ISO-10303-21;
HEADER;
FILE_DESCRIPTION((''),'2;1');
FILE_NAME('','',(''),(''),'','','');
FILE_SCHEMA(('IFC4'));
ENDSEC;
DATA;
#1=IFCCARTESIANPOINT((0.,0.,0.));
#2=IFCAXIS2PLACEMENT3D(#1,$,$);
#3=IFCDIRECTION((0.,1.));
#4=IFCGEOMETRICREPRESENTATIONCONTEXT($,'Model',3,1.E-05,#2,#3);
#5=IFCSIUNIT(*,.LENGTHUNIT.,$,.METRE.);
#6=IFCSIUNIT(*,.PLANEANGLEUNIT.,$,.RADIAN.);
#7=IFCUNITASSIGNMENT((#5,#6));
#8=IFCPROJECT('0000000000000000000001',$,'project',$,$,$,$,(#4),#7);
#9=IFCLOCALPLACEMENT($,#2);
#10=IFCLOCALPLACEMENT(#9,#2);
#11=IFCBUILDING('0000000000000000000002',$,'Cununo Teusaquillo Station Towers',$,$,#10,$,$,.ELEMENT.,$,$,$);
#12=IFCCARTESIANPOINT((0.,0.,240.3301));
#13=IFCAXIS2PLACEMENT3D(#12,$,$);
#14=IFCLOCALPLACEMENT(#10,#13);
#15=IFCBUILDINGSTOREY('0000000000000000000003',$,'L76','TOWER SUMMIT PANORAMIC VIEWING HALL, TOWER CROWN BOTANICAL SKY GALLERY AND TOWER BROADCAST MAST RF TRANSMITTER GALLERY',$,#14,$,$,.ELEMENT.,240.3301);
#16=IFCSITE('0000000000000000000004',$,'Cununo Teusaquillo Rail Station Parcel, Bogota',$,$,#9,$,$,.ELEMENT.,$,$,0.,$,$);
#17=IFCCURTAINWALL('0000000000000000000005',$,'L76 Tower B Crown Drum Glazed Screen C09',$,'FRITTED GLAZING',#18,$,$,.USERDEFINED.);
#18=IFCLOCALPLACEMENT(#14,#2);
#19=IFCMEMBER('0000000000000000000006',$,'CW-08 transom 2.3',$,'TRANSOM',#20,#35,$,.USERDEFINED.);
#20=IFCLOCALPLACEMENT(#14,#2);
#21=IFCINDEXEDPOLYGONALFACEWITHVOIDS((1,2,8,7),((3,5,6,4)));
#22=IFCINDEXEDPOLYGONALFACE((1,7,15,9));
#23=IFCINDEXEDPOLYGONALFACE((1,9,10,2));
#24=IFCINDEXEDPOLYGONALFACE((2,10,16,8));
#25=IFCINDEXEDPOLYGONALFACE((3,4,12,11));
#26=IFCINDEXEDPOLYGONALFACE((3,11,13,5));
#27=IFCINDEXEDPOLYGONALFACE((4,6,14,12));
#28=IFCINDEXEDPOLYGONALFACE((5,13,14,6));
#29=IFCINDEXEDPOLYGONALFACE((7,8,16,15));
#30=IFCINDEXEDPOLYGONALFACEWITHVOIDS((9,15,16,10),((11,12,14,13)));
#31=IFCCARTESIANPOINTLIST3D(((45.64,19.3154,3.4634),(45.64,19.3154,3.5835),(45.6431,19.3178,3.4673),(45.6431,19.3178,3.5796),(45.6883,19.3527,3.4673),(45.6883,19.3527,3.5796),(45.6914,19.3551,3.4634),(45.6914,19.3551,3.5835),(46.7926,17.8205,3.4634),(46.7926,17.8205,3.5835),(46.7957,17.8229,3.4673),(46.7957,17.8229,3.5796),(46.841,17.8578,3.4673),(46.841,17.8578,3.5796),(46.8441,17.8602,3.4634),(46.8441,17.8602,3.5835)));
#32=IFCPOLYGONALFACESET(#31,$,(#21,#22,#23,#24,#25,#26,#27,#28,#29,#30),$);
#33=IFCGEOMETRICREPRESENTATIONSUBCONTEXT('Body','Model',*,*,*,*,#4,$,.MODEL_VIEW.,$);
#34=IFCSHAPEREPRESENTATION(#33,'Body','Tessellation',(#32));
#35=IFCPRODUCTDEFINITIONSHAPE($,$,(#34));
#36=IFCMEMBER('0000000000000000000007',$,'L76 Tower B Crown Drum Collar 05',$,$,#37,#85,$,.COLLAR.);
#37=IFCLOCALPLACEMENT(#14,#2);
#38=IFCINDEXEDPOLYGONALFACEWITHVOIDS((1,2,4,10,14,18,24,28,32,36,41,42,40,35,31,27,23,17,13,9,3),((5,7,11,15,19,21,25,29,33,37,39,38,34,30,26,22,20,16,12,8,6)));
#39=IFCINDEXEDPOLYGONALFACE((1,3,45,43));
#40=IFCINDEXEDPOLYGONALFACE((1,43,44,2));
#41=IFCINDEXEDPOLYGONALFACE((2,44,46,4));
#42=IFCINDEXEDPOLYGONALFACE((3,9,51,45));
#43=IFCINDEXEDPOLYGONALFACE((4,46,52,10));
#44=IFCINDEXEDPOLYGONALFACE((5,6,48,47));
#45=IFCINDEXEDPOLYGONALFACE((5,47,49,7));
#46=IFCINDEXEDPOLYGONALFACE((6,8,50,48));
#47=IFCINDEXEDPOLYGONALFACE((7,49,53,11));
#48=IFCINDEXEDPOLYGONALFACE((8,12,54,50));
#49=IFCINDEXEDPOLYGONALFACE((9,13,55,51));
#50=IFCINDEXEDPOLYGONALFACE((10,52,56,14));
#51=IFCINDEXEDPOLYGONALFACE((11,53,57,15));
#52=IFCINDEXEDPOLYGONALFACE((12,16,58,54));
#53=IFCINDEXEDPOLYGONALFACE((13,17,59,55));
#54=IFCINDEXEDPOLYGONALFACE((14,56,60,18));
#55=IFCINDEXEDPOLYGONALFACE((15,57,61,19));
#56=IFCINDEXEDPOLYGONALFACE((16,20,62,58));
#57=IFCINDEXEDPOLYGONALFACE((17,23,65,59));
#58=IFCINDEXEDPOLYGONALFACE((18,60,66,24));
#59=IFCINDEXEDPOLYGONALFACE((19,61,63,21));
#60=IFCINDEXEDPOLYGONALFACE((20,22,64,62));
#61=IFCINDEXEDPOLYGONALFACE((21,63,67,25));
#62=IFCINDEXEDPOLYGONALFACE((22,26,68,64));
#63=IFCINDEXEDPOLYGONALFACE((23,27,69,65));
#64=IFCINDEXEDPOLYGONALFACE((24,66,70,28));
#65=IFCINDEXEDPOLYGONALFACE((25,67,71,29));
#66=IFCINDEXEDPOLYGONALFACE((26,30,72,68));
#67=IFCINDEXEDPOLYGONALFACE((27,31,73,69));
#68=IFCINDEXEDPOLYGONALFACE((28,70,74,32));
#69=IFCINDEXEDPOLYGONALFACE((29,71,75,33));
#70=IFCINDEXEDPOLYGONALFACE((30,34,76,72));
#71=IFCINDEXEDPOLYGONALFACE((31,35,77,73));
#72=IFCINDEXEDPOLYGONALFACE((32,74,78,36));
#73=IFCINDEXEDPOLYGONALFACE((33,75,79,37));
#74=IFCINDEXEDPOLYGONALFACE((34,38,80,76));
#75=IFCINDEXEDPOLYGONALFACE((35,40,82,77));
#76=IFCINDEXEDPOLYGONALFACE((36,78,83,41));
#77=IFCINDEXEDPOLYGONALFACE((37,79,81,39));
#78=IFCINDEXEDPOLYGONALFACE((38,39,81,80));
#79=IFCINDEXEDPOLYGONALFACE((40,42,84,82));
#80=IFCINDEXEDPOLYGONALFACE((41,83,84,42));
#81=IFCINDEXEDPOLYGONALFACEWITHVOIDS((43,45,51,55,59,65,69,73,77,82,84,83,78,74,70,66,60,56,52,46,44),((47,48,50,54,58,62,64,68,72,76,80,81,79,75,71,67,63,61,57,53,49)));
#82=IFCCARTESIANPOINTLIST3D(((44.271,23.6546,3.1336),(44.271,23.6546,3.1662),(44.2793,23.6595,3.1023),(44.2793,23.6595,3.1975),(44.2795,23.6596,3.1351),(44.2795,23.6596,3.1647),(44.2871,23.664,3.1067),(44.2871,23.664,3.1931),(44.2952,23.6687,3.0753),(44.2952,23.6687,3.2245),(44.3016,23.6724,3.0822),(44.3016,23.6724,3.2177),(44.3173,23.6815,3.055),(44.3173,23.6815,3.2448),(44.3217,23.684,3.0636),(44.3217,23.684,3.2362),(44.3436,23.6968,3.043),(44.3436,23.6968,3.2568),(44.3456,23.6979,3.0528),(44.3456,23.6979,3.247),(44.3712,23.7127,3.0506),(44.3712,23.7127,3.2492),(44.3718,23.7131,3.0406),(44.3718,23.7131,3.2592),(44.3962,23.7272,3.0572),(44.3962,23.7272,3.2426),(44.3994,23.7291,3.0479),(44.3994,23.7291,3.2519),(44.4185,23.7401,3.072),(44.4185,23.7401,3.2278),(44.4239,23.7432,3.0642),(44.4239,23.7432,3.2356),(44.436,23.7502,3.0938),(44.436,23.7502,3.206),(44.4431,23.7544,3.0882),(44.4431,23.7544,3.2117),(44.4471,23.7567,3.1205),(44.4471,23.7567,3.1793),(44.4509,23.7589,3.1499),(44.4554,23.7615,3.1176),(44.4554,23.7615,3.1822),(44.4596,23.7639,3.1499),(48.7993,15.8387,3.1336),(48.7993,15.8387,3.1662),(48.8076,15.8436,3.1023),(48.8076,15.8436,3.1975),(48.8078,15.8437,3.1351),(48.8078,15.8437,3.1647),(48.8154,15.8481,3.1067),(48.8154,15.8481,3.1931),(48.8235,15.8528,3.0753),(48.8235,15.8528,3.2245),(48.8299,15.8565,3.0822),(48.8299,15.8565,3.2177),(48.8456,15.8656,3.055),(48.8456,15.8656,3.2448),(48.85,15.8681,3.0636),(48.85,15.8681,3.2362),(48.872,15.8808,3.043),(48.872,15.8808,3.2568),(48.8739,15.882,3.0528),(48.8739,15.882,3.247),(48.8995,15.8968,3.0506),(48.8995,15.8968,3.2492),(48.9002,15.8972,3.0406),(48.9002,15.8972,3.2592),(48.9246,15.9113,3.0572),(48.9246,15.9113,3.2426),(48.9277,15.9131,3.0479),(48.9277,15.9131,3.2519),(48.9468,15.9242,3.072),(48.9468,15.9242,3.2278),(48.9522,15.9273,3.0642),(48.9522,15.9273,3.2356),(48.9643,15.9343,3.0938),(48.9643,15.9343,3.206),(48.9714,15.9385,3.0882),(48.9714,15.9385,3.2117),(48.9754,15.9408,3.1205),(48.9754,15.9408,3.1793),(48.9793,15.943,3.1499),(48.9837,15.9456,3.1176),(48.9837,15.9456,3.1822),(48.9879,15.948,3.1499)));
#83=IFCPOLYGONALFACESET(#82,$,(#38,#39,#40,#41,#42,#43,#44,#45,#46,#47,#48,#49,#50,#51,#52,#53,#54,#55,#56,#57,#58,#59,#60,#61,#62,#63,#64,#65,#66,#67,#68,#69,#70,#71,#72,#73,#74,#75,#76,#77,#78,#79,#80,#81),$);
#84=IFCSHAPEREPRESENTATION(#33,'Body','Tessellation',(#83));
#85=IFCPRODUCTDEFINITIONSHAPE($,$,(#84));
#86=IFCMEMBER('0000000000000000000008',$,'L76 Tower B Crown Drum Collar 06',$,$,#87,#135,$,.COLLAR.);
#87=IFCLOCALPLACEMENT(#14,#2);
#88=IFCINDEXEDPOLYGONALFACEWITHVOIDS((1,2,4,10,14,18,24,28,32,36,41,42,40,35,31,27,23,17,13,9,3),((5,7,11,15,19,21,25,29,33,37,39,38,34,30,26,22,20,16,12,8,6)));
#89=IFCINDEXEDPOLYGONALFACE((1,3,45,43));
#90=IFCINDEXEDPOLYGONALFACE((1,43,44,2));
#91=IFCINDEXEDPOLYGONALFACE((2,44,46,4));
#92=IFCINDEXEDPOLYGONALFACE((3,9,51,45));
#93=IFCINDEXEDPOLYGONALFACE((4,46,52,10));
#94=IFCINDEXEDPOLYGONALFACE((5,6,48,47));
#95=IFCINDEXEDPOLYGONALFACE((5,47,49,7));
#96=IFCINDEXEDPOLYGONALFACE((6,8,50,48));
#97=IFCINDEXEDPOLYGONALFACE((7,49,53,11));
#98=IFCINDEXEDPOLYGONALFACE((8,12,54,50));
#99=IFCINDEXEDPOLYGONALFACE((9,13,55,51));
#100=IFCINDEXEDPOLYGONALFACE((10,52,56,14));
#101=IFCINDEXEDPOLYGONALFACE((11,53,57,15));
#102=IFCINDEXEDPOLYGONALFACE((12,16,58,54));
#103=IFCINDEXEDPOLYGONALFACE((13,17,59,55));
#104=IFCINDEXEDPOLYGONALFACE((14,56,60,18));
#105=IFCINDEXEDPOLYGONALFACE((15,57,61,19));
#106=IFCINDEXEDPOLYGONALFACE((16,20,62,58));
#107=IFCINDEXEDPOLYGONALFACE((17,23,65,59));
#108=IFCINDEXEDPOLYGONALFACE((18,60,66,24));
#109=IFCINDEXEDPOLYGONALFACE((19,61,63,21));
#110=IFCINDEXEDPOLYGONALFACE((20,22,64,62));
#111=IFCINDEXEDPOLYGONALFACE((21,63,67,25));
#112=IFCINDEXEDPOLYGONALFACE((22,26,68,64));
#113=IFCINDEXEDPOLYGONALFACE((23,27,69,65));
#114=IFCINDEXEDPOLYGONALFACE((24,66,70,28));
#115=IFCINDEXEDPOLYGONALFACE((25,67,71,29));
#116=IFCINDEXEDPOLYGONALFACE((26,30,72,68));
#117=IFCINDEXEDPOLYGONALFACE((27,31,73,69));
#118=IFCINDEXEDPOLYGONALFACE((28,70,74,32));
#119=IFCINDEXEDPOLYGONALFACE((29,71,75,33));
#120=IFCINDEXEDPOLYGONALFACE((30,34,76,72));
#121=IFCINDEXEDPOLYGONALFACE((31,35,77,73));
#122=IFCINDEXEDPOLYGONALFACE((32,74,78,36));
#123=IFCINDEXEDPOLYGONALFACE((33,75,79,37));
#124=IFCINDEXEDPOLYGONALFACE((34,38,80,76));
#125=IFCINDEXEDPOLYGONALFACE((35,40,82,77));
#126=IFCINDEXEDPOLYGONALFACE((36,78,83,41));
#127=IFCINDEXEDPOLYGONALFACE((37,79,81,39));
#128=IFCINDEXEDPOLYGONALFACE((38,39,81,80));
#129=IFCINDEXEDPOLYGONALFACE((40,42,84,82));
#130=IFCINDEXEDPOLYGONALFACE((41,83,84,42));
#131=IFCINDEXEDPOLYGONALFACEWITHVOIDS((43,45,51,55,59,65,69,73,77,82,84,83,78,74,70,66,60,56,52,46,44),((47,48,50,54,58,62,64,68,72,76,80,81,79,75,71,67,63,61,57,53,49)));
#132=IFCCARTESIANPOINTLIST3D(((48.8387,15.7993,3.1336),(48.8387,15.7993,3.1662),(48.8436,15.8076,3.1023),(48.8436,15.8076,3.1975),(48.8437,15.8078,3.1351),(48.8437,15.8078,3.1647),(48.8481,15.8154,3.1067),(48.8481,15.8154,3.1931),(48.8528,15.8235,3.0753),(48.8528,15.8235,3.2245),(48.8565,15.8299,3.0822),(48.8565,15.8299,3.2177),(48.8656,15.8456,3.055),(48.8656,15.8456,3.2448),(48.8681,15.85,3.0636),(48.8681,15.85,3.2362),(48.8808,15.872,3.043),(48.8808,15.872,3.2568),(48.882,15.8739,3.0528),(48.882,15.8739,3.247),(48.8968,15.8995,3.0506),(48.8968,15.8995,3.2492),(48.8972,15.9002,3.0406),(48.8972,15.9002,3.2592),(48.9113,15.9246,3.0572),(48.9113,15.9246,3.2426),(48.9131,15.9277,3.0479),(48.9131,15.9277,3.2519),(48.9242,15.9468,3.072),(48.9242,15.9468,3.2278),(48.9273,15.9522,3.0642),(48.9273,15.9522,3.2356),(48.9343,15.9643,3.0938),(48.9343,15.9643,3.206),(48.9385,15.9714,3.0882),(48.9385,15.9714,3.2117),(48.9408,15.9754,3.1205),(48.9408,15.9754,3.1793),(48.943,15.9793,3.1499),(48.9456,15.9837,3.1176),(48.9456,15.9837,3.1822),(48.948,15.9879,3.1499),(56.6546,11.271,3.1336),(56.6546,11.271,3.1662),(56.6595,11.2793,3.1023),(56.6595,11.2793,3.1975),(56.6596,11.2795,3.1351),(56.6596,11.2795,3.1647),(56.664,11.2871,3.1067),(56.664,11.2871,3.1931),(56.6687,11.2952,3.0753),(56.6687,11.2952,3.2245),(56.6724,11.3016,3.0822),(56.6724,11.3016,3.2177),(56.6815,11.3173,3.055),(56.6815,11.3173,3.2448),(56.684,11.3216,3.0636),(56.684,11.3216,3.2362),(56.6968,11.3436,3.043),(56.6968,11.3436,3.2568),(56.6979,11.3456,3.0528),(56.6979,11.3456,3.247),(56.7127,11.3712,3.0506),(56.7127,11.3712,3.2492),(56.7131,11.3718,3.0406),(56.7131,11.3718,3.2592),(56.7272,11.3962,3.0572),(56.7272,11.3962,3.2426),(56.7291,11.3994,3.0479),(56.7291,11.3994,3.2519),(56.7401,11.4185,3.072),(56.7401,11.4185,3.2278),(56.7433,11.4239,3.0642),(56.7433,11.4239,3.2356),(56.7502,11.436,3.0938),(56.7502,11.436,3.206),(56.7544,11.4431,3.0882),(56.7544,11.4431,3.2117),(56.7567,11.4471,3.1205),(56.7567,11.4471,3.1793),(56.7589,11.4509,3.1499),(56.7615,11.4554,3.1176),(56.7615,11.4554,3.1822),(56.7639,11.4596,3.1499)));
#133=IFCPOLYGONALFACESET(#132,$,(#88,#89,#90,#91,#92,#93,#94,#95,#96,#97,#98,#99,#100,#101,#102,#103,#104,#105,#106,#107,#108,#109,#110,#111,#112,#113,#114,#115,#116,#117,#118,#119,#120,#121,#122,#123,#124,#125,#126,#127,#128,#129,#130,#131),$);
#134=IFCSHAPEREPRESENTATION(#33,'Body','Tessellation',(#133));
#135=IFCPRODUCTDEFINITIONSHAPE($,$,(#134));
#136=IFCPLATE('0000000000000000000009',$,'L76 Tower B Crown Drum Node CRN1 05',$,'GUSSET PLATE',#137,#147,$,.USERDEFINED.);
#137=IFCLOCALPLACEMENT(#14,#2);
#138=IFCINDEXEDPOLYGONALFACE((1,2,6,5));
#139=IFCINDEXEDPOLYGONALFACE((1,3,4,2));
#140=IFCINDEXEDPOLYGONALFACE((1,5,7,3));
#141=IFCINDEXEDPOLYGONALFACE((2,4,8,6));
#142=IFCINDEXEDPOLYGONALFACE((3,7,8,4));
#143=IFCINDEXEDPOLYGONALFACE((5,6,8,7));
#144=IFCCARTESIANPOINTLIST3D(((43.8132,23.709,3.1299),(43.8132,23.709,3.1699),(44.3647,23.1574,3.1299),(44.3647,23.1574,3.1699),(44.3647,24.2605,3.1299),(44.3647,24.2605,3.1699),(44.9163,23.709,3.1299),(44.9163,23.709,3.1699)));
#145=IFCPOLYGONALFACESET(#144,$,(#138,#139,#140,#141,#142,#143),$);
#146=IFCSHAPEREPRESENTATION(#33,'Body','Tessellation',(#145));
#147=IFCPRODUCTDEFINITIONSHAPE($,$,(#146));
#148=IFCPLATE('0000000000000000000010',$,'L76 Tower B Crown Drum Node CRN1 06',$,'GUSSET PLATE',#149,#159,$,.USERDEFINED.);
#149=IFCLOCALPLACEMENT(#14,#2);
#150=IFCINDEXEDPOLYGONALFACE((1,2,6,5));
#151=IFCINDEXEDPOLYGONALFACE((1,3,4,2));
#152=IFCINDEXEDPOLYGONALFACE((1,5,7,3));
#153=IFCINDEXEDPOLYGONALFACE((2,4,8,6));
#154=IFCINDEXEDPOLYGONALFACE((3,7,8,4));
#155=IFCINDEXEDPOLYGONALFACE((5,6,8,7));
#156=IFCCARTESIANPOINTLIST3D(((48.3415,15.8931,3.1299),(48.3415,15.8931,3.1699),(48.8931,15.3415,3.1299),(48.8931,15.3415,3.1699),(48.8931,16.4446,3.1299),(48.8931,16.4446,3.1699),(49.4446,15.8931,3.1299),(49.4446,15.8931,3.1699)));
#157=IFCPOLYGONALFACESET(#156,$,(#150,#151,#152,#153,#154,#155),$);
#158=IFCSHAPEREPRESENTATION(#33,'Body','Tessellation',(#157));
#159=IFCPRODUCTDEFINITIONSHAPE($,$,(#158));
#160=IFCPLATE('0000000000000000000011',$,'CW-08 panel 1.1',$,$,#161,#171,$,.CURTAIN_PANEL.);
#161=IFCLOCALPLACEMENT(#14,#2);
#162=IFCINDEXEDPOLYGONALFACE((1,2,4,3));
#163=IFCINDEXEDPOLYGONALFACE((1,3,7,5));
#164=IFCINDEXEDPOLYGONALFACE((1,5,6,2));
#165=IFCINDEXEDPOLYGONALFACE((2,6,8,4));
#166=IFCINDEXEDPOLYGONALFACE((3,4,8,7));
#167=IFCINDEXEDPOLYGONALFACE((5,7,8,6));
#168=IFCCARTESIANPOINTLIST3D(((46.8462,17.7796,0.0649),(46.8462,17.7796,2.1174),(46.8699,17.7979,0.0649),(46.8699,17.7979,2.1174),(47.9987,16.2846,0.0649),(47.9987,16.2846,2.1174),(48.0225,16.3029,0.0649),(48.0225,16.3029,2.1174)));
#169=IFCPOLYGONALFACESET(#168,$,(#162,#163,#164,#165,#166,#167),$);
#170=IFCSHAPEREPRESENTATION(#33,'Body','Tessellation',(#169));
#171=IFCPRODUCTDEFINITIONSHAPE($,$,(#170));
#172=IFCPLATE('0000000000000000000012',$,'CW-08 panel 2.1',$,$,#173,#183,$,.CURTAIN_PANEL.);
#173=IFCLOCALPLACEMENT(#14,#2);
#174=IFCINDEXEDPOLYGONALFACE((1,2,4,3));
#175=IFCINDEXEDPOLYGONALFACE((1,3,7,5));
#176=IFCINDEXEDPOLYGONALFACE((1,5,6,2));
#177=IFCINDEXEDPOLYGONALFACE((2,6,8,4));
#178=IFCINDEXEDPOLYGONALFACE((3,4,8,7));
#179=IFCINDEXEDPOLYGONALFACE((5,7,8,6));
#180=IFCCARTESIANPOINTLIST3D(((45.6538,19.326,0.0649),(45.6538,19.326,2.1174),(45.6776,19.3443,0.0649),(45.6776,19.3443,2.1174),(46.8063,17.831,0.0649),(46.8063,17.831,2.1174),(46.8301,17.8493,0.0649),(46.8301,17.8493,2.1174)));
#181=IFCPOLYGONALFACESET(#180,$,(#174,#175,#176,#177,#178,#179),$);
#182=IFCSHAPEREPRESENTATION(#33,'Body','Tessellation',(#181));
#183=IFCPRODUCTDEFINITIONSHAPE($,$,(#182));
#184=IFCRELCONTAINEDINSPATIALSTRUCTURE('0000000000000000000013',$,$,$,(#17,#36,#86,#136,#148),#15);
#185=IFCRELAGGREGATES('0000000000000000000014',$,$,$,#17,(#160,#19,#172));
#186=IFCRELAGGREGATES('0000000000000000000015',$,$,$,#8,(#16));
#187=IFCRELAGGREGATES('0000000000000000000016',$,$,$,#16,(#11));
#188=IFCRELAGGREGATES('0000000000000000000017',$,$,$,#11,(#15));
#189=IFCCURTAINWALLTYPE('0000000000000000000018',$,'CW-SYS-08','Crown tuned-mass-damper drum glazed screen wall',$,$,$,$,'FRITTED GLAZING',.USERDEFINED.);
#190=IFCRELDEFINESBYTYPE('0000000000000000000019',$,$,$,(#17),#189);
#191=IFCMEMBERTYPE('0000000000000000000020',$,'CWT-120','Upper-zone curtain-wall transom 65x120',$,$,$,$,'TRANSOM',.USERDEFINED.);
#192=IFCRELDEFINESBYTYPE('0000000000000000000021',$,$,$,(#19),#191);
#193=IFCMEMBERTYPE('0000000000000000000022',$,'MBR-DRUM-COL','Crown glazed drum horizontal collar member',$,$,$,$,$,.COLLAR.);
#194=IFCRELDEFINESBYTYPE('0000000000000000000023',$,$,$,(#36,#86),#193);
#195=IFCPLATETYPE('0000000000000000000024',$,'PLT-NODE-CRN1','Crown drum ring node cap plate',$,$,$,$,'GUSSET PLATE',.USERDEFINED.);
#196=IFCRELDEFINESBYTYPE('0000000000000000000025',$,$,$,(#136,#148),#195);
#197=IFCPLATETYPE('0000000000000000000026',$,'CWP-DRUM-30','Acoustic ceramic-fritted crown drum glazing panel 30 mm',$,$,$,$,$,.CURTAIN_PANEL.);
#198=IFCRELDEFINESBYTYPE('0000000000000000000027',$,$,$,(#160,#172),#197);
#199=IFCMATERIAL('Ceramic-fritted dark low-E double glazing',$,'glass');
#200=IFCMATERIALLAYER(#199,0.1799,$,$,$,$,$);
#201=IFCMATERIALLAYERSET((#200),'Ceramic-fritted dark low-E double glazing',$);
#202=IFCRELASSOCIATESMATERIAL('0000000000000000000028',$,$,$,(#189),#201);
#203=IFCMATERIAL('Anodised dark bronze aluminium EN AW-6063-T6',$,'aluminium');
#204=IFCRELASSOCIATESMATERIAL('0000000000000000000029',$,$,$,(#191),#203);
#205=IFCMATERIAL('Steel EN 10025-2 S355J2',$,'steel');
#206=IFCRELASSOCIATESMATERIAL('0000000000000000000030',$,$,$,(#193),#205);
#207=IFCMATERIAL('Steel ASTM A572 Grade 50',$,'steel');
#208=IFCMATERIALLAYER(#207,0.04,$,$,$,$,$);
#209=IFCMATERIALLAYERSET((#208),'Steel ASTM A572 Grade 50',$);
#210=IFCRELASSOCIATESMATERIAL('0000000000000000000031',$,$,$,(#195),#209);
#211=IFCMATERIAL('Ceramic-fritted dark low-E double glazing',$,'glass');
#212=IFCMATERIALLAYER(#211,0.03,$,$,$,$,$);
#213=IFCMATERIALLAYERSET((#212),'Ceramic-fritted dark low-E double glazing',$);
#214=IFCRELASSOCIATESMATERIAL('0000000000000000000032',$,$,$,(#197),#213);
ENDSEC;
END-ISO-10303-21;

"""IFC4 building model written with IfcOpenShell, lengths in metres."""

from ifc_helpers import new_model, si_unit, direction, frame, origin, origin_2d, place, context, subcontext, project, spatial, rectangle, hollow_rectangle, hollow_circle, extrude, source, transform, mapped, material, layer, layer_set, material_profile, profile_set, type_object, element, aggregate, save


model = new_model("IFC4")

# Units and contexts
model_context = context("Model", 3, precision=1e-05, world=origin(), true_north=direction((0.0, 1.0)))
body_context = subcontext(model_context, "Body", "Model", "MODEL_VIEW")
ifc_project = project(units=[si_unit("LENGTHUNIT", "METRE"), si_unit("PLANEANGLEUNIT", "RADIAN")], contexts=[model_context])

# Site, building, storey
site_placement = place(None, origin())
site = spatial("IfcSite", under=ifc_project, at=site_placement, Name="Cununo Teusaquillo Rail Station Parcel, Bogota", CompositionType="ELEMENT", RefElevation=0.0)
building_placement = place(site_placement, origin())
building = spatial("IfcBuilding", under=site, at=building_placement, Name="Cununo Teusaquillo Station Towers", CompositionType="ELEMENT")
storey_placement = place(building_placement, frame((0.0, 0.0, 240.3301)))
storey = spatial("IfcBuildingStorey", under=building, at=storey_placement, Name="L76", Description="TOWER SUMMIT PANORAMIC VIEWING HALL, TOWER CROWN BOTANICAL SKY GALLERY AND TOWER BROADCAST MAST RF TRANSMITTER GALLERY", CompositionType="ELEMENT", Elevation=240.3301)

# Curtain wall, member
ifc_material_1 = material(Name="Ceramic-fritted dark low-E double glazing", Category="glass")
ifc_layer_1 = layer(ifc_material_1, 0.1799)
ifc_layer_set_1 = layer_set([ifc_layer_1], Name="Ceramic-fritted dark low-E double glazing")
curtain_wall_type = type_object("IfcCurtainWallType", Name="CW-SYS-08", Description="Crown tuned-mass-damper drum glazed screen wall", ElementType="FRITTED GLAZING", PredefinedType="USERDEFINED", material=ifc_layer_set_1)
curtain_wall_placement = place(storey_placement, origin())
curtain_wall = element("IfcCurtainWall", 1, at=curtain_wall_placement, inside=storey, type_object=curtain_wall_type, Name="L76 Tower B Crown Drum Glazed Screen C09", ObjectType="FRITTED GLAZING", PredefinedType="USERDEFINED")
ifc_material_2 = material(Name="Anodised dark bronze aluminium EN AW-6063-T6", Category="aluminium")
ifc_material_profile_1 = material_profile(ifc_material_2, hollow_rectangle(XDim=0.0649, YDim=0.1201, WallThickness=0.0039, at=origin_2d()), Name="CW-TRAN-65x120")
ifc_profile_set_1 = profile_set([ifc_material_profile_1], Name="Anodised dark bronze aluminium EN AW-6063-T6")
member_type_1 = type_object("IfcMemberType", Name="CWT-120", Description="Upper-zone curtain-wall transom 65x120", ElementType="TRANSOM", PredefinedType="USERDEFINED", material=ifc_profile_set_1)
member_1_placement = place(storey_placement, frame((46.8184, 17.8403, 3.5234), z_axis=(-0.610604, 0.791936, 0.0), x_axis=(-0.791936, -0.610604, 0.0)))
member_1 = element("IfcMember", 2, at=member_1_placement, type_object=member_type_1, Name="CW-08 transom 2.3", ObjectType="TRANSOM", PredefinedType="USERDEFINED", context=body_context, shape_type="SweptSolid", body=[
    extrude(hollow_rectangle(XDim=0.0649, YDim=0.1201, WallThickness=0.0039, at=origin_2d()), origin(), (0.0, 0.0, 1.0), 1.8877),
])

# Members
ifc_material_3 = material(Name="Steel EN 10025-2 S355J2", Category="steel")
ifc_material_profile_2 = material_profile(ifc_material_3, hollow_circle(Radius=0.1096, WallThickness=0.01, at=origin_2d()), Name="CHS 219x10")
ifc_profile_set_2 = profile_set([ifc_material_profile_2], Name="Steel EN 10025-2 S355J2")
member_type_2 = type_object("IfcMemberType", Name="MBR-DRUM-COL", Description="Crown glazed drum horizontal collar member", PredefinedType="COLLAR", material=ifc_profile_set_2)
for number, where, z_axis, x_axis, name in (
    (3, (44.3647, 23.709, 3.1499), (0.501311, -0.865267, 0.0), (0.865267, 0.501311, 0.0), "L76 Tower B Crown Drum Collar 05"),
    (4, (48.8931, 15.8931, 3.1499), (0.865267, -0.501311, 0.0), (0.501311, 0.865267, 0.0), "L76 Tower B Crown Drum Collar 06"),
):
    element("IfcMember", number, at=place(storey_placement, frame(where, z_axis=z_axis, x_axis=x_axis)), inside=storey, type_object=member_type_2, Name=name, PredefinedType="COLLAR", context=body_context, shape_type="SweptSolid", body=[
        extrude(hollow_circle(Radius=0.1096, WallThickness=0.01, at=origin_2d()), origin(), (0.0, 0.0, 1.0), 9.033),
    ])

# Plates
ifc_material_4 = material(Name="Steel ASTM A572 Grade 50", Category="steel")
ifc_layer_2 = layer(ifc_material_4, 0.04)
ifc_layer_set_2 = layer_set([ifc_layer_2], Name="Steel ASTM A572 Grade 50")
plate_type_1 = type_object("IfcPlateType", Name="PLT-NODE-CRN1", Description="Crown drum ring node cap plate", ElementType="GUSSET PLATE", PredefinedType="USERDEFINED", material=ifc_layer_set_2)
shared_shape_1 = source(origin(), body_context, "Body", "SweptSolid", [
    extrude(rectangle(XDim=0.78, YDim=0.78, at=origin_2d()), origin(), (0.0, 0.0, 1.0), 0.04),
])
for number, where, z_axis, x_axis, name in (
    (5, (44.3647, 23.709, 3.1299), (0.0, 0.0, 1.0), (0.707107, 0.707107, 0.0), "L76 Tower B Crown Drum Node CRN1 05"),
    (6, (48.8931, 15.8931, 3.1299), (0.0, 0.0, 1.0), (0.707107, 0.707107, 0.0), "L76 Tower B Crown Drum Node CRN1 06"),
):
    element("IfcPlate", number, at=place(storey_placement, frame(where, z_axis=z_axis, x_axis=x_axis)), inside=storey, type_object=plate_type_1, Name=name, ObjectType="GUSSET PLATE", PredefinedType="USERDEFINED", context=body_context, shape_type="MappedRepresentation", body=[
        mapped(shared_shape_1, transform((0.0, 0.0, 0.0), x_axis=(1.0, 0.0, 0.0), y_axis=(0.0, 1.0, 0.0), z_axis=(0.0, 0.0, 1.0), scale=1.0)),
    ])

# Plates
ifc_material_5 = material(Name="Ceramic-fritted dark low-E double glazing", Category="glass")
ifc_layer_3 = layer(ifc_material_5, 0.03)
ifc_layer_set_3 = layer_set([ifc_layer_3], Name="Ceramic-fritted dark low-E double glazing")
plate_type_2 = type_object("IfcPlateType", Name="CWP-DRUM-30", Description="Acoustic ceramic-fritted crown drum glazing panel 30 mm", PredefinedType="CURTAIN_PANEL", material=ifc_layer_set_3)
shared_shape_2 = source(origin(), body_context, "Body", "SweptSolid", [
    extrude(rectangle(XDim=1.8877, YDim=0.03, at=origin_2d()), origin(), (0.0, 0.0, 1.0), 2.0525),
])
plate_1_placement = place(storey_placement, frame((47.4343, 17.0413, 0.0649), z_axis=(0.0, 0.0, 1.0), x_axis=(-0.610566, 0.791965, 0.0)))
plate_1 = element("IfcPlate", 7, at=plate_1_placement, type_object=plate_type_2, Name="CW-08 panel 1.1", PredefinedType="CURTAIN_PANEL", context=body_context, shape_type="MappedRepresentation", body=[
    mapped(shared_shape_2, transform((0.0, 0.0, 0.0), x_axis=(1.0, 0.0, 0.0), y_axis=(0.0, 1.0, 0.0), z_axis=(0.0, 0.0, 1.0), scale=1.0)),
])
plate_2_placement = place(storey_placement, frame((46.2419, 18.5876, 0.0649), z_axis=(0.0, 0.0, 1.0), x_axis=(-0.610566, 0.791965, 0.0)))
plate_2 = element("IfcPlate", 8, at=plate_2_placement, type_object=plate_type_2, Name="CW-08 panel 2.1", PredefinedType="CURTAIN_PANEL", context=body_context, shape_type="MappedRepresentation", body=[
    mapped(shared_shape_2, transform((0.0, 0.0, 0.0), x_axis=(1.0, 0.0, 0.0), y_axis=(0.0, 1.0, 0.0), z_axis=(0.0, 0.0, 1.0), scale=1.0)),
])
aggregate(curtain_wall, [plate_1, member_1, plate_2])

save(model, "model.ifc")
